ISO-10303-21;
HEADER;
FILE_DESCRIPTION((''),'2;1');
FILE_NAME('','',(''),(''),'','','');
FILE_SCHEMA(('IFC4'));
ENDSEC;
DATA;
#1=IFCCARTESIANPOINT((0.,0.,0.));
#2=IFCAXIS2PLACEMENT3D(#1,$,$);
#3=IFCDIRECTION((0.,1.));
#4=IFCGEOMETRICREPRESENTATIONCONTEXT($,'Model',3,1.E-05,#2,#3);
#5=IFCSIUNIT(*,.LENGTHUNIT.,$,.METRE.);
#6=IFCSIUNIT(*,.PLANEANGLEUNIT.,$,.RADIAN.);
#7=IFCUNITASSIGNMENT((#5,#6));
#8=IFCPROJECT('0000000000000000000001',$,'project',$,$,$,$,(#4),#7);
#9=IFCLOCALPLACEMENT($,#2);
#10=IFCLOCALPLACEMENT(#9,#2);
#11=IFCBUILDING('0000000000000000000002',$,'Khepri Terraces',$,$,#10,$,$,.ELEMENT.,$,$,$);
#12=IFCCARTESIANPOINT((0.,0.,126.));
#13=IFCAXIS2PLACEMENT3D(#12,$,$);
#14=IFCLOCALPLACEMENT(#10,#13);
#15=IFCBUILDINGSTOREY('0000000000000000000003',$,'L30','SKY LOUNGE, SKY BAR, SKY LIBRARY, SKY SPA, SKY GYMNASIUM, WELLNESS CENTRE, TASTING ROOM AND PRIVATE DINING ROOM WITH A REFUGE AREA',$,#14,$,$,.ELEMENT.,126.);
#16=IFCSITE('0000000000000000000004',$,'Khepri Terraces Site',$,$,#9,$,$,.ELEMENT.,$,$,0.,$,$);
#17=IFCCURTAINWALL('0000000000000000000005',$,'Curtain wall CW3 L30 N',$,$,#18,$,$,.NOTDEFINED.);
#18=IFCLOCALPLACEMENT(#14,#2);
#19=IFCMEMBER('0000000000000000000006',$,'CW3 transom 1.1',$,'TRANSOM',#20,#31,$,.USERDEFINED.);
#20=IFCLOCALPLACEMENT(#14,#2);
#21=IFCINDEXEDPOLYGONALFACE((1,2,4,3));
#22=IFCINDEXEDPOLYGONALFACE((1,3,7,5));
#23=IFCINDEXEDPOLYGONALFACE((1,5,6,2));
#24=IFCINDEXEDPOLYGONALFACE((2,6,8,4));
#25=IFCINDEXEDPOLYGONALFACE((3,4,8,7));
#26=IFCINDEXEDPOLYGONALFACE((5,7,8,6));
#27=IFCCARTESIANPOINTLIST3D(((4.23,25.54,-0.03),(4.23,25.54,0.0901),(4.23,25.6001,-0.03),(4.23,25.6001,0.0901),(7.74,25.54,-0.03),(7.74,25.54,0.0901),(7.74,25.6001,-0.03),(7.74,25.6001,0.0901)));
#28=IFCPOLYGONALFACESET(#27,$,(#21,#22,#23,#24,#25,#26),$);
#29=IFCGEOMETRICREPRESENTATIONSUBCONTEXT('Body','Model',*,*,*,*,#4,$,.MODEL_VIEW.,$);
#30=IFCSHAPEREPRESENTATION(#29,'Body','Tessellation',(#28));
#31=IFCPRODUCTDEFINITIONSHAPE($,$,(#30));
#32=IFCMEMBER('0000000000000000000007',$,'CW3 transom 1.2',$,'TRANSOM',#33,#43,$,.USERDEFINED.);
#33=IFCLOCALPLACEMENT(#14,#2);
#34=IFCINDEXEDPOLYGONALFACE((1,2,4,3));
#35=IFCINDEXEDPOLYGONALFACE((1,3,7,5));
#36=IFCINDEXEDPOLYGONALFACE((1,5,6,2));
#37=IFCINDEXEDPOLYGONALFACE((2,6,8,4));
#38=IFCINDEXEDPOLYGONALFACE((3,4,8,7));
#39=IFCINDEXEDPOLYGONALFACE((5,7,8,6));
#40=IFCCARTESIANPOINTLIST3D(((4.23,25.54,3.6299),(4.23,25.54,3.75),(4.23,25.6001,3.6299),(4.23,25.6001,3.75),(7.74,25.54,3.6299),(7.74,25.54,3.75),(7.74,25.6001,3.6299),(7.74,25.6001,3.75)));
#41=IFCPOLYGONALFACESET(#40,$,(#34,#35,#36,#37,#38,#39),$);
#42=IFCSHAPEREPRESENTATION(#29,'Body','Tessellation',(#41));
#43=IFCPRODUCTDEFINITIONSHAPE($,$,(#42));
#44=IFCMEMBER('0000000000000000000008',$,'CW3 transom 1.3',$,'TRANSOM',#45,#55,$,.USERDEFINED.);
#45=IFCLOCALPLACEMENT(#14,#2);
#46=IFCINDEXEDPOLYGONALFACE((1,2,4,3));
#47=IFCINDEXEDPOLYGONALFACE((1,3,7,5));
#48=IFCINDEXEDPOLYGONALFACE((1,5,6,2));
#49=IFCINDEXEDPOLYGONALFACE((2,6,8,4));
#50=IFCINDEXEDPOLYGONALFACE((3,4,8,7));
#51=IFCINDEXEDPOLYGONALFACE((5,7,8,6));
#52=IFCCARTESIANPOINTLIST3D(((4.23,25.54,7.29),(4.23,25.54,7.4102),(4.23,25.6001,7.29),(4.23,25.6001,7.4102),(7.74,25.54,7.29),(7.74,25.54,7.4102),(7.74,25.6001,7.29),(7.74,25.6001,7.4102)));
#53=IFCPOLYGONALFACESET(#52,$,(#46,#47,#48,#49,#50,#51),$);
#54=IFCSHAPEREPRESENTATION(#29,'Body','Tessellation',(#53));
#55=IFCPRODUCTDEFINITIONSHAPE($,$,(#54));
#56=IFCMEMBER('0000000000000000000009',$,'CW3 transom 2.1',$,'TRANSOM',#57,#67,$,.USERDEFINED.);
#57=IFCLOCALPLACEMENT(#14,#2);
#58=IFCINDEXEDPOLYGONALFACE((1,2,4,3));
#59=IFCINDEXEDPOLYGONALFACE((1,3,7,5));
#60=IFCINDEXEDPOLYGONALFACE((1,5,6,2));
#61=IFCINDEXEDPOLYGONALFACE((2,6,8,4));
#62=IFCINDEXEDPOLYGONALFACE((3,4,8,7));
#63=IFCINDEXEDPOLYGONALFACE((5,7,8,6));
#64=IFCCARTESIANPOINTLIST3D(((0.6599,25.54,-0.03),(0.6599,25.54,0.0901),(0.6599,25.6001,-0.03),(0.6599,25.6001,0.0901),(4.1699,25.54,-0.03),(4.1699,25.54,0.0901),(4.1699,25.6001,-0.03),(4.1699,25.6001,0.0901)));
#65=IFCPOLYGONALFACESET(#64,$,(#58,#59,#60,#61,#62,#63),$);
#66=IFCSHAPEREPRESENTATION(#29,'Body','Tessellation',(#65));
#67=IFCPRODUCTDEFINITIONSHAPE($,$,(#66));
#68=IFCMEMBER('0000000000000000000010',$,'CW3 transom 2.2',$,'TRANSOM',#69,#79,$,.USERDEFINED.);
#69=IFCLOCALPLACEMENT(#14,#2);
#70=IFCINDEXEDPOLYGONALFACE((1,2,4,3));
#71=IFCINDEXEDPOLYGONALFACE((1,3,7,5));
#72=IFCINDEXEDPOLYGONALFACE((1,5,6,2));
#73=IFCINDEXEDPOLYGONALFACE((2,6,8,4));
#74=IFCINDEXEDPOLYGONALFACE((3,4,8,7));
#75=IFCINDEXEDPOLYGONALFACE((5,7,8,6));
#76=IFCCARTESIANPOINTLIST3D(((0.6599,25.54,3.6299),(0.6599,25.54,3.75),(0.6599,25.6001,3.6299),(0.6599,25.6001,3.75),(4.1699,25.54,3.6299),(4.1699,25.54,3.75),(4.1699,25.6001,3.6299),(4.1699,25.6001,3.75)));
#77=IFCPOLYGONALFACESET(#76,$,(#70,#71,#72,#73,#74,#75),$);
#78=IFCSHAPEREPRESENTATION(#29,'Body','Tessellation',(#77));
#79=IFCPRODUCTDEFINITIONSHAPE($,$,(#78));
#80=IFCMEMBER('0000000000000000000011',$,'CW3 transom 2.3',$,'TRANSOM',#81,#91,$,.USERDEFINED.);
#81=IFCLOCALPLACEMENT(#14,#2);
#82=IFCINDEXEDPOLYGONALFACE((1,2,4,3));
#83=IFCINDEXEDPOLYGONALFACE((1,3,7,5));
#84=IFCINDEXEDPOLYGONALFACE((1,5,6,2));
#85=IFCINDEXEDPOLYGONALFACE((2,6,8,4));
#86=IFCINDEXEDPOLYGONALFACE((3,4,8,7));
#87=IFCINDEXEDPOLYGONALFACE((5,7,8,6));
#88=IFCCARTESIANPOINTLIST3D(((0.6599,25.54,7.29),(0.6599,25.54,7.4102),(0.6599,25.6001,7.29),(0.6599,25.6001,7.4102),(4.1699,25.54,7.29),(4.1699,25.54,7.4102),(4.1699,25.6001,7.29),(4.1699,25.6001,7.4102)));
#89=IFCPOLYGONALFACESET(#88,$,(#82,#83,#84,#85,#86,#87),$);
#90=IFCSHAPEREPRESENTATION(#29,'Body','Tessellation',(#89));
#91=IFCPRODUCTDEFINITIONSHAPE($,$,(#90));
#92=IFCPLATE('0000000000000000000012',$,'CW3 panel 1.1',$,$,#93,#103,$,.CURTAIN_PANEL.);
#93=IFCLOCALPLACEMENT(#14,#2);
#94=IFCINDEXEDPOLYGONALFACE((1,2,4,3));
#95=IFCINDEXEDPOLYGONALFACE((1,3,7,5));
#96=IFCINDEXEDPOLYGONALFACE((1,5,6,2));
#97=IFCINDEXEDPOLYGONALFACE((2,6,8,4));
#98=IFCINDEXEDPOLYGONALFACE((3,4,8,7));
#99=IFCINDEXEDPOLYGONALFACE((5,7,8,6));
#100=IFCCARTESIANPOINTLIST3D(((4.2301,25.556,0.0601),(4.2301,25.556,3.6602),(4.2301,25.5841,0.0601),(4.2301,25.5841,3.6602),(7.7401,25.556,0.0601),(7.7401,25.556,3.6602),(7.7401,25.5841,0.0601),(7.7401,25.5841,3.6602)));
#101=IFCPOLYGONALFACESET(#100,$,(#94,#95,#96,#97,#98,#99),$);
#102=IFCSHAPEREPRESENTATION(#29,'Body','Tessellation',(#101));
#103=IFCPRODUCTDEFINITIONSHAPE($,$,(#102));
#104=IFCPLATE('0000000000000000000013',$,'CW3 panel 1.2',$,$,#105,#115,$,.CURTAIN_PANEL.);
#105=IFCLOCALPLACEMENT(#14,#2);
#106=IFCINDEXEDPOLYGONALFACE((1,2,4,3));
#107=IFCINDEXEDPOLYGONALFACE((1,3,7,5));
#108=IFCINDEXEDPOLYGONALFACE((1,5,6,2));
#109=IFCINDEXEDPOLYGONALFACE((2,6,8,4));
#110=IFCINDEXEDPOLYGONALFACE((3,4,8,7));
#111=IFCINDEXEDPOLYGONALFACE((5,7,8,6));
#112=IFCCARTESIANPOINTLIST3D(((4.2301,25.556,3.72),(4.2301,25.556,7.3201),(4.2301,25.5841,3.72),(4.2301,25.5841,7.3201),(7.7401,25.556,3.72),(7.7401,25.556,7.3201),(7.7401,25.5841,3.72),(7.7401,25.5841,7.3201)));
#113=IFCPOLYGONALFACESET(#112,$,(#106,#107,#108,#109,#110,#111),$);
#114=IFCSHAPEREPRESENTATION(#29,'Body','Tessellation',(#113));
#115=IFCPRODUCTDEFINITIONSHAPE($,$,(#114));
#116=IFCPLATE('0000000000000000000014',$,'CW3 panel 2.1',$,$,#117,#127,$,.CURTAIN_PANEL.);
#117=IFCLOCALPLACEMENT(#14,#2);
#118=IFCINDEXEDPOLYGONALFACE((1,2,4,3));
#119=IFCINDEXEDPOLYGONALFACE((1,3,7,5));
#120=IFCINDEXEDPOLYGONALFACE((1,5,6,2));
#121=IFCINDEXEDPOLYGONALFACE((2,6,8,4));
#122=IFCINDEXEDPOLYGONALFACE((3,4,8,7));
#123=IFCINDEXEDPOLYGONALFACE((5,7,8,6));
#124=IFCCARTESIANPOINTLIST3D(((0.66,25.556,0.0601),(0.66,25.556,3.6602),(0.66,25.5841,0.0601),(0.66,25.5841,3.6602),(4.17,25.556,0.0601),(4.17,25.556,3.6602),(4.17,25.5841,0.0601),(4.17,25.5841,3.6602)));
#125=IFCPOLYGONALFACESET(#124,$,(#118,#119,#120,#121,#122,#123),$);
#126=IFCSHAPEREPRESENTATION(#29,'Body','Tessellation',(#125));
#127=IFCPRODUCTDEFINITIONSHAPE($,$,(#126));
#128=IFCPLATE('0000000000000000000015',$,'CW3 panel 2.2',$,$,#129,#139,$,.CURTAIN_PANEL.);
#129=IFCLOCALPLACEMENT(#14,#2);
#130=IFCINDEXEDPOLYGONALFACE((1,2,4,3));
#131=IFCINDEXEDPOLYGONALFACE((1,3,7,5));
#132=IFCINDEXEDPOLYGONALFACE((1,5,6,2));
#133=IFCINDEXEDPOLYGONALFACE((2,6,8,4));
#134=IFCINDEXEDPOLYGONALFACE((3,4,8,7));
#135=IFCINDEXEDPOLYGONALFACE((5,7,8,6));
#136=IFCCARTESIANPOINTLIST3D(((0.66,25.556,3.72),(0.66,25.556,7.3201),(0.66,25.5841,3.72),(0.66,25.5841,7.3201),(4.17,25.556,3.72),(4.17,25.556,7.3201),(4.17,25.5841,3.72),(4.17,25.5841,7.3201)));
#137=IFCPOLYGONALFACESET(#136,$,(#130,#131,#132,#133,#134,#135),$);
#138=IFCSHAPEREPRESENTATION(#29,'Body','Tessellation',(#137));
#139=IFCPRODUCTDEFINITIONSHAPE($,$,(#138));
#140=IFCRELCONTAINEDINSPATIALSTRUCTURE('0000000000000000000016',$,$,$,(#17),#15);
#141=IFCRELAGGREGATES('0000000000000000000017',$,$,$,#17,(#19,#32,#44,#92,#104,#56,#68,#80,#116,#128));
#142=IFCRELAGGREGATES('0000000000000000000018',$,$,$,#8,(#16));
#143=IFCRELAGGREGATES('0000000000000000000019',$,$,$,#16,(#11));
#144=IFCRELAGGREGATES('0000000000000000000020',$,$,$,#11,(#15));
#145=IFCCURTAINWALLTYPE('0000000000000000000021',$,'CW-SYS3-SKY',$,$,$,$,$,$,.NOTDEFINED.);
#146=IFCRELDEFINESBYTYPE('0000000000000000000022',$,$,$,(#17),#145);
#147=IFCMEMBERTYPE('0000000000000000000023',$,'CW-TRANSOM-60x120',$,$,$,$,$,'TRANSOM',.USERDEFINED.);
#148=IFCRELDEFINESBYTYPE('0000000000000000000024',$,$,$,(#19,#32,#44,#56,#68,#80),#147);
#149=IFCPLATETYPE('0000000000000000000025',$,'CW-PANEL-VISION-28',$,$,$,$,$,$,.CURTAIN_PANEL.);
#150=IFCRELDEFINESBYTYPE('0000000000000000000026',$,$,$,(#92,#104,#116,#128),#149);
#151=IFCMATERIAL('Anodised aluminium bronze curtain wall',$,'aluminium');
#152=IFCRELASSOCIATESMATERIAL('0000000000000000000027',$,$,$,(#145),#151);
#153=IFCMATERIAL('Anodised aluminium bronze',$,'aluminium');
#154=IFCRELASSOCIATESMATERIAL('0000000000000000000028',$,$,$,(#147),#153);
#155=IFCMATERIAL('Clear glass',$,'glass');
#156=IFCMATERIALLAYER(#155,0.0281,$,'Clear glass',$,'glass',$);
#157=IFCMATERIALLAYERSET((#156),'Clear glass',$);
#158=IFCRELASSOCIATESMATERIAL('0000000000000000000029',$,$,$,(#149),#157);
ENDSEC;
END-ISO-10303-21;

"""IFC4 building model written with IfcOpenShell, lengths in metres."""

from ifc_helpers import new_model, si_unit, direction, frame, origin, origin_2d, place, context, subcontext, project, spatial, rectangle, extrude, material, layer, layer_set, material_profile, profile_set, type_object, element, aggregate, save


model = new_model("IFC4")

# Units and contexts
model_context = context("Model", 3, precision=1e-05, world=origin(), true_north=direction((0.0, 1.0)))
body_context = subcontext(model_context, "Body", "Model", "MODEL_VIEW")
ifc_project = project(units=[si_unit("LENGTHUNIT", "METRE"), si_unit("PLANEANGLEUNIT", "RADIAN")], contexts=[model_context])

# Site, building, storey
site_placement = place(None, origin())
site = spatial("IfcSite", under=ifc_project, at=site_placement, Name="Khepri Terraces Site", CompositionType="ELEMENT", RefElevation=0.0)
building_placement = place(site_placement, origin())
building = spatial("IfcBuilding", under=site, at=building_placement, Name="Khepri Terraces", CompositionType="ELEMENT")
storey_placement = place(building_placement, frame((0.0, 0.0, 126.0)))
storey = spatial("IfcBuildingStorey", under=building, at=storey_placement, Name="L30", Description="SKY LOUNGE, SKY BAR, SKY LIBRARY, SKY SPA, SKY GYMNASIUM, WELLNESS CENTRE, TASTING ROOM AND PRIVATE DINING ROOM WITH A REFUGE AREA", CompositionType="ELEMENT", Elevation=126.0)

# Shared definitions
ifc_material_1 = material(Name="Anodised aluminium bronze curtain wall", Category="aluminium")
curtain_wall_type = type_object("IfcCurtainWallType", Name="CW-SYS3-SKY", PredefinedType="NOTDEFINED", material=ifc_material_1)
ifc_material_2 = material(Name="Anodised aluminium bronze", Category="aluminium")

# Curtain wall, members, plates
curtain_wall_1_placement = place(storey_placement, origin())
curtain_wall_1 = element("IfcCurtainWall", 1, at=curtain_wall_1_placement, inside=storey, type_object=curtain_wall_type, Name="Curtain wall CW3 L30 N", PredefinedType="NOTDEFINED")
ifc_material_profile_1 = material_profile(ifc_material_2, rectangle(XDim=0.0601, YDim=0.1201, at=origin_2d()), Name="Anodised aluminium bronze", Category="aluminium")
ifc_profile_set_1 = profile_set([ifc_material_profile_1], Name="Anodised aluminium bronze")
member_type_1 = type_object("IfcMemberType", Name="CW-TRANSOM-60x120", ElementType="TRANSOM", PredefinedType="USERDEFINED", material=ifc_profile_set_1)
member_1_placement = place(storey_placement, frame((7.74, 25.5701, 0.03), z_axis=(-1.0, 0.0, 0.0), x_axis=(0.0, -1.0, 0.0)))
member_1 = element("IfcMember", 2, at=member_1_placement, type_object=member_type_1, Name="CW3 transom 1.1", ObjectType="TRANSOM", PredefinedType="USERDEFINED", context=body_context, shape_type="SweptSolid", body=[
    extrude(rectangle(XDim=0.0601, YDim=0.1201, at=origin_2d()), origin(), (0.0, 0.0, 1.0), 3.51),
])
member_2_placement = place(storey_placement, frame((7.74, 25.5701, 3.6899), z_axis=(-1.0, 0.0, 0.0), x_axis=(0.0, -1.0, 0.0)))
member_2 = element("IfcMember", 3, at=member_2_placement, type_object=member_type_1, Name="CW3 transom 1.2", ObjectType="TRANSOM", PredefinedType="USERDEFINED", context=body_context, shape_type="SweptSolid", body=[
    extrude(rectangle(XDim=0.0601, YDim=0.1201, at=origin_2d()), origin(), (0.0, 0.0, 1.0), 3.51),
])
member_3_placement = place(storey_placement, frame((7.74, 25.5701, 7.3501), z_axis=(-1.0, 0.0, 0.0), x_axis=(0.0, -1.0, 0.0)))
member_3 = element("IfcMember", 4, at=member_3_placement, type_object=member_type_1, Name="CW3 transom 1.3", ObjectType="TRANSOM", PredefinedType="USERDEFINED", context=body_context, shape_type="SweptSolid", body=[
    extrude(rectangle(XDim=0.0601, YDim=0.1201, at=origin_2d()), origin(), (0.0, 0.0, 1.0), 3.51),
])
member_4_placement = place(storey_placement, frame((4.1699, 25.5701, 0.03), z_axis=(-1.0, 0.0, 0.0), x_axis=(0.0, -1.0, 0.0)))
member_4 = element("IfcMember", 5, at=member_4_placement, type_object=member_type_1, Name="CW3 transom 2.1", ObjectType="TRANSOM", PredefinedType="USERDEFINED", context=body_context, shape_type="SweptSolid", body=[
    extrude(rectangle(XDim=0.0601, YDim=0.1201, at=origin_2d()), origin(), (0.0, 0.0, 1.0), 3.51),
])
member_5_placement = place(storey_placement, frame((4.1699, 25.5701, 3.6899), z_axis=(-1.0, 0.0, 0.0), x_axis=(0.0, -1.0, 0.0)))
member_5 = element("IfcMember", 6, at=member_5_placement, type_object=member_type_1, Name="CW3 transom 2.2", ObjectType="TRANSOM", PredefinedType="USERDEFINED", context=body_context, shape_type="SweptSolid", body=[
    extrude(rectangle(XDim=0.0601, YDim=0.1201, at=origin_2d()), origin(), (0.0, 0.0, 1.0), 3.51),
])
member_6_placement = place(storey_placement, frame((4.1699, 25.5701, 7.3501), z_axis=(-1.0, 0.0, 0.0), x_axis=(0.0, -1.0, 0.0)))
member_6 = element("IfcMember", 7, at=member_6_placement, type_object=member_type_1, Name="CW3 transom 2.3", ObjectType="TRANSOM", PredefinedType="USERDEFINED", context=body_context, shape_type="SweptSolid", body=[
    extrude(rectangle(XDim=0.0601, YDim=0.1201, at=origin_2d()), origin(), (0.0, 0.0, 1.0), 3.51),
])
ifc_material_3 = material(Name="Clear glass", Category="glass")
ifc_layer = layer(ifc_material_3, 0.0281, Name="Clear glass", Category="glass")
ifc_layer_set = layer_set([ifc_layer], Name="Clear glass")
plate_type = type_object("IfcPlateType", Name="CW-PANEL-VISION-28", PredefinedType="CURTAIN_PANEL", material=ifc_layer_set)
plate_1_placement = place(storey_placement, frame((5.9851, 25.5701, 0.0601), z_axis=(0.0, 0.0, 1.0), x_axis=(-1.0, 0.0, 0.0)))
plate_1 = element("IfcPlate", 8, at=plate_1_placement, type_object=plate_type, Name="CW3 panel 1.1", PredefinedType="CURTAIN_PANEL", context=body_context, shape_type="SweptSolid", body=[
    extrude(rectangle(XDim=3.51, YDim=0.0281, at=origin_2d()), origin(), (0.0, 0.0, 1.0), 3.6001),
])
plate_2_placement = place(storey_placement, frame((5.9851, 25.5701, 3.72), z_axis=(0.0, 0.0, 1.0), x_axis=(-1.0, 0.0, 0.0)))
plate_2 = element("IfcPlate", 9, at=plate_2_placement, type_object=plate_type, Name="CW3 panel 1.2", PredefinedType="CURTAIN_PANEL", context=body_context, shape_type="SweptSolid", body=[
    extrude(rectangle(XDim=3.51, YDim=0.0281, at=origin_2d()), origin(), (0.0, 0.0, 1.0), 3.6001),
])
plate_3_placement = place(storey_placement, frame((2.415, 25.5701, 0.0601), z_axis=(0.0, 0.0, 1.0), x_axis=(-1.0, 0.0, 0.0)))
plate_3 = element("IfcPlate", 10, at=plate_3_placement, type_object=plate_type, Name="CW3 panel 2.1", PredefinedType="CURTAIN_PANEL", context=body_context, shape_type="SweptSolid", body=[
    extrude(rectangle(XDim=3.51, YDim=0.0281, at=origin_2d()), origin(), (0.0, 0.0, 1.0), 3.6001),
])
plate_4_placement = place(storey_placement, frame((2.415, 25.5701, 3.72), z_axis=(0.0, 0.0, 1.0), x_axis=(-1.0, 0.0, 0.0)))
plate_4 = element("IfcPlate", 11, at=plate_4_placement, type_object=plate_type, Name="CW3 panel 2.2", PredefinedType="CURTAIN_PANEL", context=body_context, shape_type="SweptSolid", body=[
    extrude(rectangle(XDim=3.51, YDim=0.0281, at=origin_2d()), origin(), (0.0, 0.0, 1.0), 3.6001),
])
aggregate(curtain_wall_1, [member_1, member_2, member_3, plate_1, plate_2, member_4, member_5, member_6, plate_3, plate_4])

save(model, "model.ifc")
